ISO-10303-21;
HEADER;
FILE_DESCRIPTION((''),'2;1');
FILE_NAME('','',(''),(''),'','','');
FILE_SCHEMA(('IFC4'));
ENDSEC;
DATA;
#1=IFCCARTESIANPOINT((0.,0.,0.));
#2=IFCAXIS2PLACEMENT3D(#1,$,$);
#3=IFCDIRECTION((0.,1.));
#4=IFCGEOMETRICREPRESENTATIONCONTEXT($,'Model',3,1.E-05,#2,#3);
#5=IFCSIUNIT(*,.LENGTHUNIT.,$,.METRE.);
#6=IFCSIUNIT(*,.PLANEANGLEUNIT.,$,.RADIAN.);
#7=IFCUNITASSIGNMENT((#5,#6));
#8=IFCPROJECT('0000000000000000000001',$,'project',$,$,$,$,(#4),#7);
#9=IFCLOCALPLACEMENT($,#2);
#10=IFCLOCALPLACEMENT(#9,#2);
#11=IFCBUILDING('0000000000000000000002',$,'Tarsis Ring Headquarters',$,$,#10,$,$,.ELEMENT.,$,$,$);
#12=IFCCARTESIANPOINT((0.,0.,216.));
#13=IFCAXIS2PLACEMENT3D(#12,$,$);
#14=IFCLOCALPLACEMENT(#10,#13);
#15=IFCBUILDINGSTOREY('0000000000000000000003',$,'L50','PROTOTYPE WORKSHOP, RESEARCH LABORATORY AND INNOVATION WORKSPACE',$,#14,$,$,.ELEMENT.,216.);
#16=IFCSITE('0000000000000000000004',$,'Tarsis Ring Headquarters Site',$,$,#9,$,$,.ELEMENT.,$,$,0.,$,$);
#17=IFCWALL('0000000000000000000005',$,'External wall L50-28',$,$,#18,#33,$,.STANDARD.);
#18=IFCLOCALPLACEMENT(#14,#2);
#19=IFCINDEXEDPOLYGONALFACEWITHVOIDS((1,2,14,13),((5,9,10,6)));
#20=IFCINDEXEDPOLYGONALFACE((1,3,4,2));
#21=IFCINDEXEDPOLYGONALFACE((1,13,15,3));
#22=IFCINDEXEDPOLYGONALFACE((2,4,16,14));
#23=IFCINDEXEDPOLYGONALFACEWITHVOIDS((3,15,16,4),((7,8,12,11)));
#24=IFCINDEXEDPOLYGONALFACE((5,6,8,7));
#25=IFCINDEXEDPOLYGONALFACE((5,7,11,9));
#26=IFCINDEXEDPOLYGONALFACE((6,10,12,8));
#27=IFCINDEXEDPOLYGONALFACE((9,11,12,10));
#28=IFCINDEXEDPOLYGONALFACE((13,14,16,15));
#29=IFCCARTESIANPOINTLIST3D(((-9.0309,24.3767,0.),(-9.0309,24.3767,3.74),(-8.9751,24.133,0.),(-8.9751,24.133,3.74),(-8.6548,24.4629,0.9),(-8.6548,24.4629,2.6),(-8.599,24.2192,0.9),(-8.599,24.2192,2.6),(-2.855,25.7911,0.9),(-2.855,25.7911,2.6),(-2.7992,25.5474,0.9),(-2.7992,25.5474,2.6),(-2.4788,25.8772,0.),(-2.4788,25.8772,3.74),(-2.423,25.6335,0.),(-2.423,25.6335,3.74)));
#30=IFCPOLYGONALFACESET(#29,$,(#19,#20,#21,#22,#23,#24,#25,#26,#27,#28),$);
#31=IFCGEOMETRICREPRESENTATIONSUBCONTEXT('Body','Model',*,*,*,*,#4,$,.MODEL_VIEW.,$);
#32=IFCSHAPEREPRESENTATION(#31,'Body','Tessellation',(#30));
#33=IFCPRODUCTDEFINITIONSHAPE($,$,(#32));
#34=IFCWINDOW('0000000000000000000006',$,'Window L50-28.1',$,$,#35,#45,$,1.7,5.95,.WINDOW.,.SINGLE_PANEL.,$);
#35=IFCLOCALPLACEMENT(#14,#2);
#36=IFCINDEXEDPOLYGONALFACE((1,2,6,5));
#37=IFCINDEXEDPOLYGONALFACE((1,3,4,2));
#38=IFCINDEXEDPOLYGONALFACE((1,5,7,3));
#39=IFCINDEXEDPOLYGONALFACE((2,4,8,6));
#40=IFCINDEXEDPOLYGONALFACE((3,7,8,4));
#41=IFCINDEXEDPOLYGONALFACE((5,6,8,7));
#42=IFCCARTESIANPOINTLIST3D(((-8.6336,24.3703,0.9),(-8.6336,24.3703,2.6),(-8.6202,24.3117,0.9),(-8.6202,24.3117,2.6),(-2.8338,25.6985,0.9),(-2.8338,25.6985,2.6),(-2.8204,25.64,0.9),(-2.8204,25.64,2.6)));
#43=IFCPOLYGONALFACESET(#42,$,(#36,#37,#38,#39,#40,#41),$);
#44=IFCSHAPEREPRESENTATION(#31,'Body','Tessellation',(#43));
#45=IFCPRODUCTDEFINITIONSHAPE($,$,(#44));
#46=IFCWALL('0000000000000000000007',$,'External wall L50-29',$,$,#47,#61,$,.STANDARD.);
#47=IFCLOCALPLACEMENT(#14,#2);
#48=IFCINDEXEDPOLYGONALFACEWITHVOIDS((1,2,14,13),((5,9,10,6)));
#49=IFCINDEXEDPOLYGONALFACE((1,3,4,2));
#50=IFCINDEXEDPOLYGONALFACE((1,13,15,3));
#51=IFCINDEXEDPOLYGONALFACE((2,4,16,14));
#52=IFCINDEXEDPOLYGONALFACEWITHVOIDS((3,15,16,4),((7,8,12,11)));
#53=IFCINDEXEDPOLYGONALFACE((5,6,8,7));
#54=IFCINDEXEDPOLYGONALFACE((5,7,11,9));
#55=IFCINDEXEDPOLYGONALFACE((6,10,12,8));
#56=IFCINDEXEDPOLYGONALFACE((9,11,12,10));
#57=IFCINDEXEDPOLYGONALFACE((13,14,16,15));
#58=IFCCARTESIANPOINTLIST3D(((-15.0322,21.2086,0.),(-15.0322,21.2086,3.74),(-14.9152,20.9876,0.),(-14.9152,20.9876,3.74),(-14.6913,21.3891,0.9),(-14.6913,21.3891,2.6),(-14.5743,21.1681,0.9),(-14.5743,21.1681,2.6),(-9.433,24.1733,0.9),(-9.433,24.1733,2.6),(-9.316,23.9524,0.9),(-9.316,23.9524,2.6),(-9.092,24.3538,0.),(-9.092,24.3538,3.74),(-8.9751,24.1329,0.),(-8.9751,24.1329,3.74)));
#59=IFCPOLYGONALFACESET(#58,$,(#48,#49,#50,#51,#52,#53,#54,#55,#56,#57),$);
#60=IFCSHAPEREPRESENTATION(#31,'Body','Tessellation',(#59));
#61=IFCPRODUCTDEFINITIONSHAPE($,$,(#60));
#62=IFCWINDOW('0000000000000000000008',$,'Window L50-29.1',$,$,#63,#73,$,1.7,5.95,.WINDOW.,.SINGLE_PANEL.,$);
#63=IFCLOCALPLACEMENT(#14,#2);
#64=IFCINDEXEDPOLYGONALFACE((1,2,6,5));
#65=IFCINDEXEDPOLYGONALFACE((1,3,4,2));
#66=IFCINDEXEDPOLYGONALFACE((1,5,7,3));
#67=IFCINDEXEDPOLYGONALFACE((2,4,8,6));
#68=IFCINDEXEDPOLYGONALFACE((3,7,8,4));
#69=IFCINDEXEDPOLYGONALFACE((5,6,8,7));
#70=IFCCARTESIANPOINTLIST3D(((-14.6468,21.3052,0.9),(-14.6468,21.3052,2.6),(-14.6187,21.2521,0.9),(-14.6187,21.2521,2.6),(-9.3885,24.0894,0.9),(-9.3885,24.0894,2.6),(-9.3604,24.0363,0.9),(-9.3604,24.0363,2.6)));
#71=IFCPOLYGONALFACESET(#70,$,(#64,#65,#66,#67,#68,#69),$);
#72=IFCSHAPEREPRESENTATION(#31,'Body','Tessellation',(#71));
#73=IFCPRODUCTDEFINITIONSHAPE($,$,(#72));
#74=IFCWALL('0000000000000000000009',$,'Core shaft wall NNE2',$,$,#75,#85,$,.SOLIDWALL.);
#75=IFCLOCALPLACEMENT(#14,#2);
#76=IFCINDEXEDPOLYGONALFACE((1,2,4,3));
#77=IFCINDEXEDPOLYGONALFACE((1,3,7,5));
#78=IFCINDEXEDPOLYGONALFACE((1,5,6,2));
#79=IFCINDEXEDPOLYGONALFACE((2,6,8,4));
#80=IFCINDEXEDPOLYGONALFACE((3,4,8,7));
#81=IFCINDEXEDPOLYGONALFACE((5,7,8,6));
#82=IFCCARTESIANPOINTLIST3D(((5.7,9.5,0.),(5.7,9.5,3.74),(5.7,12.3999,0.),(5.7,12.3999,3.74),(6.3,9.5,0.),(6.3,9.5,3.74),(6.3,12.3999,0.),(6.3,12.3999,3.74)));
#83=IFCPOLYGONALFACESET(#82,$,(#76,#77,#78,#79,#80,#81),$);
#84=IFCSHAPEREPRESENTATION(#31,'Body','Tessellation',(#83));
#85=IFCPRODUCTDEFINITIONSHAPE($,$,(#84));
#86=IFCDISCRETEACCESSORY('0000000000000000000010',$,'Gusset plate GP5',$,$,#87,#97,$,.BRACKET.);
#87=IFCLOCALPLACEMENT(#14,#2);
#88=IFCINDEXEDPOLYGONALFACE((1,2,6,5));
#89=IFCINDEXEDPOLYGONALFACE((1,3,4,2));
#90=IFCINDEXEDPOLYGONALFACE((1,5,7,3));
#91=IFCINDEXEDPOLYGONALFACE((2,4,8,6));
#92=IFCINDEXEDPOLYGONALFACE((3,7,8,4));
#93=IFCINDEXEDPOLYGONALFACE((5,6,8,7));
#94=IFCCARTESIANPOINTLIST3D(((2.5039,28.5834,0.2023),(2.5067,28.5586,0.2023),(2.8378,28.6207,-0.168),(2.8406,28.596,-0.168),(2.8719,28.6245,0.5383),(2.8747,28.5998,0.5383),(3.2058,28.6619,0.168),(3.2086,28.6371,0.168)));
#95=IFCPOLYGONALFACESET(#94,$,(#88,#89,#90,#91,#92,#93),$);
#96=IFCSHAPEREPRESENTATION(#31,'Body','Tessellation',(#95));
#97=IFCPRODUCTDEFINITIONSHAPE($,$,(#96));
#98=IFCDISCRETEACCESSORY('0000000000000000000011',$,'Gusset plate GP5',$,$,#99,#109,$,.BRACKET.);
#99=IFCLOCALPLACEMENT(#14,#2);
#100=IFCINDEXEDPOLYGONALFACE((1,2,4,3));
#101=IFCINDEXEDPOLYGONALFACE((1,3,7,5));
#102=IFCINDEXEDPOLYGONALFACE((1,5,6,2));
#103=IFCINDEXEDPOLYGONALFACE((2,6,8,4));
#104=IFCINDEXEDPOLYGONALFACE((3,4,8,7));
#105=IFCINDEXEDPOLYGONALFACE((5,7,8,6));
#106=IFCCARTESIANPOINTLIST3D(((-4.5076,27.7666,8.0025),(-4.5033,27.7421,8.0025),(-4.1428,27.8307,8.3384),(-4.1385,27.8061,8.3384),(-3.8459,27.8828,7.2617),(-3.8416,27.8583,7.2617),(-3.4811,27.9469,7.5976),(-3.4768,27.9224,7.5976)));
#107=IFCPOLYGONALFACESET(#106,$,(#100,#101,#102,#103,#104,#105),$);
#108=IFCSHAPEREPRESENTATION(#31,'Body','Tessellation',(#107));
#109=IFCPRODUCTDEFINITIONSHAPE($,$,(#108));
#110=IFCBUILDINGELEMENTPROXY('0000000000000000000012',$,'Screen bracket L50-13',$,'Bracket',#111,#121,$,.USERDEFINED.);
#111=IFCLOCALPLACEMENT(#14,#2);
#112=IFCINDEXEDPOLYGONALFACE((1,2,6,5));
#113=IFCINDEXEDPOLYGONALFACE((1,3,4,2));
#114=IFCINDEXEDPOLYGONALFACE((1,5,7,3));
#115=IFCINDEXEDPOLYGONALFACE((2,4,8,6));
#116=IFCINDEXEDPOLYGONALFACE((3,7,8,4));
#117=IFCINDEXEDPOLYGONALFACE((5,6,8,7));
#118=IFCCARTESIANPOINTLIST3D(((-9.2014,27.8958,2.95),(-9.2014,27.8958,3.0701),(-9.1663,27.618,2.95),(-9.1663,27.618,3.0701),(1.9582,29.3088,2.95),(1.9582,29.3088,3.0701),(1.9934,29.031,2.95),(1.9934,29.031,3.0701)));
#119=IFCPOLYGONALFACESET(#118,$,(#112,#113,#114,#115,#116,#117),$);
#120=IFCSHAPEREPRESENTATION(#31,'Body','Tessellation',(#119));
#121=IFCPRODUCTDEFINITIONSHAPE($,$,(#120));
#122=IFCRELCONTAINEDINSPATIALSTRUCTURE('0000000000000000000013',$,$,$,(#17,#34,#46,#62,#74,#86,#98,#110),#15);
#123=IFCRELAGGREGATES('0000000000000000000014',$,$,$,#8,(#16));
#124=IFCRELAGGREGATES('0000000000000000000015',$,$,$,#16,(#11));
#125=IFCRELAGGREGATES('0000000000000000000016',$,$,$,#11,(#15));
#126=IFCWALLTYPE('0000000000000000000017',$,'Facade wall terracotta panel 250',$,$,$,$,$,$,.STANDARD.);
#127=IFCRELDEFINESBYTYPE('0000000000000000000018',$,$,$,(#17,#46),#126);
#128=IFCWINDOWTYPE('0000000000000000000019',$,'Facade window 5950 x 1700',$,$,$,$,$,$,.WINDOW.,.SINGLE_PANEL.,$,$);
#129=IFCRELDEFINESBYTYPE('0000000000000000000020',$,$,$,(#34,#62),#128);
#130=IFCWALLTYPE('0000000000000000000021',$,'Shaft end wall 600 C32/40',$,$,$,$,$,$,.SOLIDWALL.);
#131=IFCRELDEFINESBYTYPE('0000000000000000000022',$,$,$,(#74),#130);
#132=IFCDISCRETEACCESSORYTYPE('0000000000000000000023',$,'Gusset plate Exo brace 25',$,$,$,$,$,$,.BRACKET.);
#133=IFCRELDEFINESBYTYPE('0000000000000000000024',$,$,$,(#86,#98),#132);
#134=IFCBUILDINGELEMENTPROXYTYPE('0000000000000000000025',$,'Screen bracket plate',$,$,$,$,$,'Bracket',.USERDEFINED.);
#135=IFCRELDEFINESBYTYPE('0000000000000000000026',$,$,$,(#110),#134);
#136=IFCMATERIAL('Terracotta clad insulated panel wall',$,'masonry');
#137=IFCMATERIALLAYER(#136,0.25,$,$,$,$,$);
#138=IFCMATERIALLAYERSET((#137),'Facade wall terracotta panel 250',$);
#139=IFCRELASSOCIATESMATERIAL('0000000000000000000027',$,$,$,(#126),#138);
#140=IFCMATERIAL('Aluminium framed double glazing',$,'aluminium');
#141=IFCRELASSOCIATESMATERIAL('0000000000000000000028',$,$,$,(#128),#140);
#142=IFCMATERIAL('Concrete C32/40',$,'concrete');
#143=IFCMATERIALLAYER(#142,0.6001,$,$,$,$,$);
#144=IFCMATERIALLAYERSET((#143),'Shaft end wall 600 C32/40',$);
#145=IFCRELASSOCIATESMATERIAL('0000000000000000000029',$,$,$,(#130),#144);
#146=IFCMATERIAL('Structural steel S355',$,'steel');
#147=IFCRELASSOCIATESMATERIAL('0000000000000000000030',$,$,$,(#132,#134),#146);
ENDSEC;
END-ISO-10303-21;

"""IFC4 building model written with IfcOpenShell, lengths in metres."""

from ifc_helpers import new_model, si_unit, direction, frame, frame_2d, origin, origin_2d, place, context, subcontext, project, spatial, rectangle, extrude, material, layer, layer_set, material_profile, profile_set, type_object, element, fill, save


model = new_model("IFC4")

# Units and contexts
model_context = context("Model", 3, precision=1e-05, world=origin(), true_north=direction((0.0, 1.0)))
body_context = subcontext(model_context, "Body", "Model", "MODEL_VIEW")
ifc_project = project(units=[si_unit("LENGTHUNIT", "METRE"), si_unit("PLANEANGLEUNIT", "RADIAN")], contexts=[model_context])

# Site, building, storey
site_placement = place(None, origin())
site = spatial("IfcSite", under=ifc_project, at=site_placement, Name="Tarsis Ring Headquarters Site", CompositionType="ELEMENT", RefElevation=0.0)
building_placement = place(site_placement, origin())
building = spatial("IfcBuilding", under=site, at=building_placement, Name="Tarsis Ring Headquarters", CompositionType="ELEMENT")
storey_placement = place(building_placement, frame((0.0, 0.0, 216.0)))
storey = spatial("IfcBuildingStorey", under=building, at=storey_placement, Name="L50", Description="PROTOTYPE WORKSHOP, RESEARCH LABORATORY AND INNOVATION WORKSPACE", CompositionType="ELEMENT", Elevation=216.0)

# Shared definitions
ifc_material_1 = material(Name="Structural steel S355", Category="steel")

# Walls, openings, windows
ifc_material_2 = material(Name="Terracotta clad insulated panel wall", Category="masonry")
ifc_layer_1 = layer(ifc_material_2, 0.25)
ifc_layer_set_1 = layer_set([ifc_layer_1], Name="Facade wall terracotta panel 250")
wall_type_1 = type_object("IfcWallType", Name="Facade wall terracotta panel 250", PredefinedType="STANDARD", material=ifc_layer_set_1)
ifc_material_3 = material(Name="Aluminium framed double glazing", Category="aluminium")
window_type = type_object("IfcWindowType", Name="Facade window 5950 x 1700", PartitioningType="SINGLE_PANEL", PredefinedType="WINDOW", material=ifc_material_3)
wall_1_placement = place(storey_placement, frame((-2.4509, 25.7554, 0.0), z_axis=(0.0, 0.0, 1.0), x_axis=(-0.974765, -0.223233, 0.0)))
wall_1 = element("IfcWall", 1, at=wall_1_placement, inside=storey, type_object=wall_type_1, Name="External wall L50-28", PredefinedType="STANDARD", context=body_context, shape_type="SweptSolid", body=[
    extrude(rectangle(XDim=6.7217, YDim=0.25, at=frame_2d((3.3608, 0.0))), origin(), (0.0, 0.0, 1.0), 3.74),
])
opening_1_placement = place(wall_1_placement, frame((0.3857, 0.0, 0.8999)))
opening_1 = element("IfcOpeningElement", 2, at=opening_1_placement, cuts=wall_1, PredefinedType="OPENING", context=body_context, shape_type="SweptSolid", body=[
    extrude(rectangle(XDim=5.95, YDim=1.7, at=frame_2d((2.9751, 0.8501))), frame((0.0, 0.135, 0.0), z_axis=(0.0, -1.0, 0.0), x_axis=(1.0, 0.0, 0.0)), (0.0, 0.0, 1.0), 0.27),
])
window_1_placement = place(opening_1_placement, origin())
window_1 = element("IfcWindow", 3, at=window_1_placement, inside=storey, type_object=window_type, Name="Window L50-28.1", OverallHeight=1.7, OverallWidth=5.95, PartitioningType="SINGLE_PANEL", PredefinedType="WINDOW", context=body_context, shape_type="SweptSolid", body=[
    extrude(rectangle(XDim=5.95, YDim=1.7, at=frame_2d((2.9751, 0.8501))), frame((0.0, 0.03, 0.0), z_axis=(0.0, -1.0, 0.0), x_axis=(1.0, 0.0, 0.0)), (0.0, 0.0, 1.0), 0.0601),
])
fill(opening_1, window_1)
wall_2_placement = place(storey_placement, frame((-9.0334, 24.2434, 0.0), z_axis=(0.0, 0.0, 1.0), x_axis=(-0.88376, -0.467941, 0.0)))
wall_2 = element("IfcWall", 4, at=wall_2_placement, inside=storey, type_object=wall_type_1, Name="External wall L50-29", PredefinedType="STANDARD", context=body_context, shape_type="SweptSolid", body=[
    extrude(rectangle(XDim=6.7214, YDim=0.25, at=frame_2d((3.3608, 0.0))), origin(), (0.0, 0.0, 1.0), 3.74),
])
opening_2_placement = place(wall_2_placement, frame((0.3857, 0.0, 0.8999)))
opening_2 = element("IfcOpeningElement", 5, at=opening_2_placement, cuts=wall_2, PredefinedType="OPENING", context=body_context, shape_type="SweptSolid", body=[
    extrude(rectangle(XDim=5.95, YDim=1.7, at=frame_2d((2.9751, 0.8501))), frame((0.0, 0.135, 0.0), z_axis=(0.0, -1.0, 0.0), x_axis=(1.0, 0.0, 0.0)), (0.0, 0.0, 1.0), 0.27),
])
window_2_placement = place(opening_2_placement, origin())
window_2 = element("IfcWindow", 6, at=window_2_placement, inside=storey, type_object=window_type, Name="Window L50-29.1", OverallHeight=1.7, OverallWidth=5.95, PartitioningType="SINGLE_PANEL", PredefinedType="WINDOW", context=body_context, shape_type="SweptSolid", body=[
    extrude(rectangle(XDim=5.95, YDim=1.7, at=frame_2d((2.9751, 0.8501))), frame((0.0, 0.03, 0.0), z_axis=(0.0, -1.0, 0.0), x_axis=(1.0, 0.0, 0.0)), (0.0, 0.0, 1.0), 0.0601),
])
fill(opening_2, window_2)

# Wall
ifc_material_4 = material(Name="Concrete C32/40", Category="concrete")
ifc_layer_2 = layer(ifc_material_4, 0.6001)
ifc_layer_set_2 = layer_set([ifc_layer_2], Name="Shaft end wall 600 C32/40")
wall_type_2 = type_object("IfcWallType", Name="Shaft end wall 600 C32/40", PredefinedType="SOLIDWALL", material=ifc_layer_set_2)
wall_3_placement = place(storey_placement, frame((6.0, 9.5, 0.0), z_axis=(0.0, 0.0, 1.0), x_axis=(0.0, 1.0, 0.0)))
element("IfcWall", 7, at=wall_3_placement, inside=storey, type_object=wall_type_2, Name="Core shaft wall NNE2", PredefinedType="SOLIDWALL", context=body_context, shape_type="SweptSolid", body=[
    extrude(rectangle(XDim=2.8999, YDim=0.6001, at=frame_2d((1.45, 0.0))), origin(), (0.0, 0.0, 1.0), 3.74),
])

# Discrete accessories
ifc_material_profile_1 = material_profile(ifc_material_1, rectangle(XDim=0.0249, YDim=0.5, at=origin_2d()), Name="PL 25x500")
ifc_profile_set_1 = profile_set([ifc_material_profile_1], Name="Structural steel S355")
discrete_accessory_type = type_object("IfcDiscreteAccessoryType", Name="Gusset plate Exo brace 25", PredefinedType="BRACKET", material=ifc_profile_set_1)
discrete_accessory_1_placement = place(storey_placement, frame((3.0232, 28.6289, 0.0), z_axis=(-0.667824, -0.074691, 0.740562), x_axis=(0.111149, -0.993804, 0.0)))
element("IfcDiscreteAccessory", 8, at=discrete_accessory_1_placement, inside=storey, type_object=discrete_accessory_type, Name="Gusset plate GP5", PredefinedType="BRACKET", context=body_context, shape_type="SweptSolid", body=[
    extrude(rectangle(XDim=0.0249, YDim=0.5, at=origin_2d()), origin(), (0.0, 0.0, 1.0), 0.5),
])
discrete_accessory_2_placement = place(storey_placement, frame((-3.6614, 27.9026, 7.4297), z_axis=(-0.661648, -0.116216, 0.740753), x_axis=(0.172997, -0.984922, 0.0)))
element("IfcDiscreteAccessory", 9, at=discrete_accessory_2_placement, inside=storey, type_object=discrete_accessory_type, Name="Gusset plate GP5", PredefinedType="BRACKET", context=body_context, shape_type="SweptSolid", body=[
    extrude(rectangle(XDim=0.0249, YDim=0.5, at=origin_2d()), origin(), (0.0, 0.0, 1.0), 1.0),
])

# Building element proxy
building_element_proxy_type = type_object("IfcBuildingElementProxyType", Name="Screen bracket plate", ElementType="Bracket", PredefinedType="USERDEFINED", material=ifc_material_1)
proxy_placement = place(storey_placement, frame((-3.604, 28.4634, 2.95), z_axis=(0.0, 0.0, 1.0), x_axis=(-0.992079, -0.125614, 0.0)))
element("IfcBuildingElementProxy", 10, at=proxy_placement, inside=storey, type_object=building_element_proxy_type, Name="Screen bracket L50-13", ObjectType="Bracket", PredefinedType="USERDEFINED", context=body_context, shape_type="SweptSolid", body=[
    extrude(rectangle(XDim=11.2488, YDim=0.28, at=origin_2d()), origin(), (0.0, 0.0, 1.0), 0.1201),
])

save(model, "model.ifc")
